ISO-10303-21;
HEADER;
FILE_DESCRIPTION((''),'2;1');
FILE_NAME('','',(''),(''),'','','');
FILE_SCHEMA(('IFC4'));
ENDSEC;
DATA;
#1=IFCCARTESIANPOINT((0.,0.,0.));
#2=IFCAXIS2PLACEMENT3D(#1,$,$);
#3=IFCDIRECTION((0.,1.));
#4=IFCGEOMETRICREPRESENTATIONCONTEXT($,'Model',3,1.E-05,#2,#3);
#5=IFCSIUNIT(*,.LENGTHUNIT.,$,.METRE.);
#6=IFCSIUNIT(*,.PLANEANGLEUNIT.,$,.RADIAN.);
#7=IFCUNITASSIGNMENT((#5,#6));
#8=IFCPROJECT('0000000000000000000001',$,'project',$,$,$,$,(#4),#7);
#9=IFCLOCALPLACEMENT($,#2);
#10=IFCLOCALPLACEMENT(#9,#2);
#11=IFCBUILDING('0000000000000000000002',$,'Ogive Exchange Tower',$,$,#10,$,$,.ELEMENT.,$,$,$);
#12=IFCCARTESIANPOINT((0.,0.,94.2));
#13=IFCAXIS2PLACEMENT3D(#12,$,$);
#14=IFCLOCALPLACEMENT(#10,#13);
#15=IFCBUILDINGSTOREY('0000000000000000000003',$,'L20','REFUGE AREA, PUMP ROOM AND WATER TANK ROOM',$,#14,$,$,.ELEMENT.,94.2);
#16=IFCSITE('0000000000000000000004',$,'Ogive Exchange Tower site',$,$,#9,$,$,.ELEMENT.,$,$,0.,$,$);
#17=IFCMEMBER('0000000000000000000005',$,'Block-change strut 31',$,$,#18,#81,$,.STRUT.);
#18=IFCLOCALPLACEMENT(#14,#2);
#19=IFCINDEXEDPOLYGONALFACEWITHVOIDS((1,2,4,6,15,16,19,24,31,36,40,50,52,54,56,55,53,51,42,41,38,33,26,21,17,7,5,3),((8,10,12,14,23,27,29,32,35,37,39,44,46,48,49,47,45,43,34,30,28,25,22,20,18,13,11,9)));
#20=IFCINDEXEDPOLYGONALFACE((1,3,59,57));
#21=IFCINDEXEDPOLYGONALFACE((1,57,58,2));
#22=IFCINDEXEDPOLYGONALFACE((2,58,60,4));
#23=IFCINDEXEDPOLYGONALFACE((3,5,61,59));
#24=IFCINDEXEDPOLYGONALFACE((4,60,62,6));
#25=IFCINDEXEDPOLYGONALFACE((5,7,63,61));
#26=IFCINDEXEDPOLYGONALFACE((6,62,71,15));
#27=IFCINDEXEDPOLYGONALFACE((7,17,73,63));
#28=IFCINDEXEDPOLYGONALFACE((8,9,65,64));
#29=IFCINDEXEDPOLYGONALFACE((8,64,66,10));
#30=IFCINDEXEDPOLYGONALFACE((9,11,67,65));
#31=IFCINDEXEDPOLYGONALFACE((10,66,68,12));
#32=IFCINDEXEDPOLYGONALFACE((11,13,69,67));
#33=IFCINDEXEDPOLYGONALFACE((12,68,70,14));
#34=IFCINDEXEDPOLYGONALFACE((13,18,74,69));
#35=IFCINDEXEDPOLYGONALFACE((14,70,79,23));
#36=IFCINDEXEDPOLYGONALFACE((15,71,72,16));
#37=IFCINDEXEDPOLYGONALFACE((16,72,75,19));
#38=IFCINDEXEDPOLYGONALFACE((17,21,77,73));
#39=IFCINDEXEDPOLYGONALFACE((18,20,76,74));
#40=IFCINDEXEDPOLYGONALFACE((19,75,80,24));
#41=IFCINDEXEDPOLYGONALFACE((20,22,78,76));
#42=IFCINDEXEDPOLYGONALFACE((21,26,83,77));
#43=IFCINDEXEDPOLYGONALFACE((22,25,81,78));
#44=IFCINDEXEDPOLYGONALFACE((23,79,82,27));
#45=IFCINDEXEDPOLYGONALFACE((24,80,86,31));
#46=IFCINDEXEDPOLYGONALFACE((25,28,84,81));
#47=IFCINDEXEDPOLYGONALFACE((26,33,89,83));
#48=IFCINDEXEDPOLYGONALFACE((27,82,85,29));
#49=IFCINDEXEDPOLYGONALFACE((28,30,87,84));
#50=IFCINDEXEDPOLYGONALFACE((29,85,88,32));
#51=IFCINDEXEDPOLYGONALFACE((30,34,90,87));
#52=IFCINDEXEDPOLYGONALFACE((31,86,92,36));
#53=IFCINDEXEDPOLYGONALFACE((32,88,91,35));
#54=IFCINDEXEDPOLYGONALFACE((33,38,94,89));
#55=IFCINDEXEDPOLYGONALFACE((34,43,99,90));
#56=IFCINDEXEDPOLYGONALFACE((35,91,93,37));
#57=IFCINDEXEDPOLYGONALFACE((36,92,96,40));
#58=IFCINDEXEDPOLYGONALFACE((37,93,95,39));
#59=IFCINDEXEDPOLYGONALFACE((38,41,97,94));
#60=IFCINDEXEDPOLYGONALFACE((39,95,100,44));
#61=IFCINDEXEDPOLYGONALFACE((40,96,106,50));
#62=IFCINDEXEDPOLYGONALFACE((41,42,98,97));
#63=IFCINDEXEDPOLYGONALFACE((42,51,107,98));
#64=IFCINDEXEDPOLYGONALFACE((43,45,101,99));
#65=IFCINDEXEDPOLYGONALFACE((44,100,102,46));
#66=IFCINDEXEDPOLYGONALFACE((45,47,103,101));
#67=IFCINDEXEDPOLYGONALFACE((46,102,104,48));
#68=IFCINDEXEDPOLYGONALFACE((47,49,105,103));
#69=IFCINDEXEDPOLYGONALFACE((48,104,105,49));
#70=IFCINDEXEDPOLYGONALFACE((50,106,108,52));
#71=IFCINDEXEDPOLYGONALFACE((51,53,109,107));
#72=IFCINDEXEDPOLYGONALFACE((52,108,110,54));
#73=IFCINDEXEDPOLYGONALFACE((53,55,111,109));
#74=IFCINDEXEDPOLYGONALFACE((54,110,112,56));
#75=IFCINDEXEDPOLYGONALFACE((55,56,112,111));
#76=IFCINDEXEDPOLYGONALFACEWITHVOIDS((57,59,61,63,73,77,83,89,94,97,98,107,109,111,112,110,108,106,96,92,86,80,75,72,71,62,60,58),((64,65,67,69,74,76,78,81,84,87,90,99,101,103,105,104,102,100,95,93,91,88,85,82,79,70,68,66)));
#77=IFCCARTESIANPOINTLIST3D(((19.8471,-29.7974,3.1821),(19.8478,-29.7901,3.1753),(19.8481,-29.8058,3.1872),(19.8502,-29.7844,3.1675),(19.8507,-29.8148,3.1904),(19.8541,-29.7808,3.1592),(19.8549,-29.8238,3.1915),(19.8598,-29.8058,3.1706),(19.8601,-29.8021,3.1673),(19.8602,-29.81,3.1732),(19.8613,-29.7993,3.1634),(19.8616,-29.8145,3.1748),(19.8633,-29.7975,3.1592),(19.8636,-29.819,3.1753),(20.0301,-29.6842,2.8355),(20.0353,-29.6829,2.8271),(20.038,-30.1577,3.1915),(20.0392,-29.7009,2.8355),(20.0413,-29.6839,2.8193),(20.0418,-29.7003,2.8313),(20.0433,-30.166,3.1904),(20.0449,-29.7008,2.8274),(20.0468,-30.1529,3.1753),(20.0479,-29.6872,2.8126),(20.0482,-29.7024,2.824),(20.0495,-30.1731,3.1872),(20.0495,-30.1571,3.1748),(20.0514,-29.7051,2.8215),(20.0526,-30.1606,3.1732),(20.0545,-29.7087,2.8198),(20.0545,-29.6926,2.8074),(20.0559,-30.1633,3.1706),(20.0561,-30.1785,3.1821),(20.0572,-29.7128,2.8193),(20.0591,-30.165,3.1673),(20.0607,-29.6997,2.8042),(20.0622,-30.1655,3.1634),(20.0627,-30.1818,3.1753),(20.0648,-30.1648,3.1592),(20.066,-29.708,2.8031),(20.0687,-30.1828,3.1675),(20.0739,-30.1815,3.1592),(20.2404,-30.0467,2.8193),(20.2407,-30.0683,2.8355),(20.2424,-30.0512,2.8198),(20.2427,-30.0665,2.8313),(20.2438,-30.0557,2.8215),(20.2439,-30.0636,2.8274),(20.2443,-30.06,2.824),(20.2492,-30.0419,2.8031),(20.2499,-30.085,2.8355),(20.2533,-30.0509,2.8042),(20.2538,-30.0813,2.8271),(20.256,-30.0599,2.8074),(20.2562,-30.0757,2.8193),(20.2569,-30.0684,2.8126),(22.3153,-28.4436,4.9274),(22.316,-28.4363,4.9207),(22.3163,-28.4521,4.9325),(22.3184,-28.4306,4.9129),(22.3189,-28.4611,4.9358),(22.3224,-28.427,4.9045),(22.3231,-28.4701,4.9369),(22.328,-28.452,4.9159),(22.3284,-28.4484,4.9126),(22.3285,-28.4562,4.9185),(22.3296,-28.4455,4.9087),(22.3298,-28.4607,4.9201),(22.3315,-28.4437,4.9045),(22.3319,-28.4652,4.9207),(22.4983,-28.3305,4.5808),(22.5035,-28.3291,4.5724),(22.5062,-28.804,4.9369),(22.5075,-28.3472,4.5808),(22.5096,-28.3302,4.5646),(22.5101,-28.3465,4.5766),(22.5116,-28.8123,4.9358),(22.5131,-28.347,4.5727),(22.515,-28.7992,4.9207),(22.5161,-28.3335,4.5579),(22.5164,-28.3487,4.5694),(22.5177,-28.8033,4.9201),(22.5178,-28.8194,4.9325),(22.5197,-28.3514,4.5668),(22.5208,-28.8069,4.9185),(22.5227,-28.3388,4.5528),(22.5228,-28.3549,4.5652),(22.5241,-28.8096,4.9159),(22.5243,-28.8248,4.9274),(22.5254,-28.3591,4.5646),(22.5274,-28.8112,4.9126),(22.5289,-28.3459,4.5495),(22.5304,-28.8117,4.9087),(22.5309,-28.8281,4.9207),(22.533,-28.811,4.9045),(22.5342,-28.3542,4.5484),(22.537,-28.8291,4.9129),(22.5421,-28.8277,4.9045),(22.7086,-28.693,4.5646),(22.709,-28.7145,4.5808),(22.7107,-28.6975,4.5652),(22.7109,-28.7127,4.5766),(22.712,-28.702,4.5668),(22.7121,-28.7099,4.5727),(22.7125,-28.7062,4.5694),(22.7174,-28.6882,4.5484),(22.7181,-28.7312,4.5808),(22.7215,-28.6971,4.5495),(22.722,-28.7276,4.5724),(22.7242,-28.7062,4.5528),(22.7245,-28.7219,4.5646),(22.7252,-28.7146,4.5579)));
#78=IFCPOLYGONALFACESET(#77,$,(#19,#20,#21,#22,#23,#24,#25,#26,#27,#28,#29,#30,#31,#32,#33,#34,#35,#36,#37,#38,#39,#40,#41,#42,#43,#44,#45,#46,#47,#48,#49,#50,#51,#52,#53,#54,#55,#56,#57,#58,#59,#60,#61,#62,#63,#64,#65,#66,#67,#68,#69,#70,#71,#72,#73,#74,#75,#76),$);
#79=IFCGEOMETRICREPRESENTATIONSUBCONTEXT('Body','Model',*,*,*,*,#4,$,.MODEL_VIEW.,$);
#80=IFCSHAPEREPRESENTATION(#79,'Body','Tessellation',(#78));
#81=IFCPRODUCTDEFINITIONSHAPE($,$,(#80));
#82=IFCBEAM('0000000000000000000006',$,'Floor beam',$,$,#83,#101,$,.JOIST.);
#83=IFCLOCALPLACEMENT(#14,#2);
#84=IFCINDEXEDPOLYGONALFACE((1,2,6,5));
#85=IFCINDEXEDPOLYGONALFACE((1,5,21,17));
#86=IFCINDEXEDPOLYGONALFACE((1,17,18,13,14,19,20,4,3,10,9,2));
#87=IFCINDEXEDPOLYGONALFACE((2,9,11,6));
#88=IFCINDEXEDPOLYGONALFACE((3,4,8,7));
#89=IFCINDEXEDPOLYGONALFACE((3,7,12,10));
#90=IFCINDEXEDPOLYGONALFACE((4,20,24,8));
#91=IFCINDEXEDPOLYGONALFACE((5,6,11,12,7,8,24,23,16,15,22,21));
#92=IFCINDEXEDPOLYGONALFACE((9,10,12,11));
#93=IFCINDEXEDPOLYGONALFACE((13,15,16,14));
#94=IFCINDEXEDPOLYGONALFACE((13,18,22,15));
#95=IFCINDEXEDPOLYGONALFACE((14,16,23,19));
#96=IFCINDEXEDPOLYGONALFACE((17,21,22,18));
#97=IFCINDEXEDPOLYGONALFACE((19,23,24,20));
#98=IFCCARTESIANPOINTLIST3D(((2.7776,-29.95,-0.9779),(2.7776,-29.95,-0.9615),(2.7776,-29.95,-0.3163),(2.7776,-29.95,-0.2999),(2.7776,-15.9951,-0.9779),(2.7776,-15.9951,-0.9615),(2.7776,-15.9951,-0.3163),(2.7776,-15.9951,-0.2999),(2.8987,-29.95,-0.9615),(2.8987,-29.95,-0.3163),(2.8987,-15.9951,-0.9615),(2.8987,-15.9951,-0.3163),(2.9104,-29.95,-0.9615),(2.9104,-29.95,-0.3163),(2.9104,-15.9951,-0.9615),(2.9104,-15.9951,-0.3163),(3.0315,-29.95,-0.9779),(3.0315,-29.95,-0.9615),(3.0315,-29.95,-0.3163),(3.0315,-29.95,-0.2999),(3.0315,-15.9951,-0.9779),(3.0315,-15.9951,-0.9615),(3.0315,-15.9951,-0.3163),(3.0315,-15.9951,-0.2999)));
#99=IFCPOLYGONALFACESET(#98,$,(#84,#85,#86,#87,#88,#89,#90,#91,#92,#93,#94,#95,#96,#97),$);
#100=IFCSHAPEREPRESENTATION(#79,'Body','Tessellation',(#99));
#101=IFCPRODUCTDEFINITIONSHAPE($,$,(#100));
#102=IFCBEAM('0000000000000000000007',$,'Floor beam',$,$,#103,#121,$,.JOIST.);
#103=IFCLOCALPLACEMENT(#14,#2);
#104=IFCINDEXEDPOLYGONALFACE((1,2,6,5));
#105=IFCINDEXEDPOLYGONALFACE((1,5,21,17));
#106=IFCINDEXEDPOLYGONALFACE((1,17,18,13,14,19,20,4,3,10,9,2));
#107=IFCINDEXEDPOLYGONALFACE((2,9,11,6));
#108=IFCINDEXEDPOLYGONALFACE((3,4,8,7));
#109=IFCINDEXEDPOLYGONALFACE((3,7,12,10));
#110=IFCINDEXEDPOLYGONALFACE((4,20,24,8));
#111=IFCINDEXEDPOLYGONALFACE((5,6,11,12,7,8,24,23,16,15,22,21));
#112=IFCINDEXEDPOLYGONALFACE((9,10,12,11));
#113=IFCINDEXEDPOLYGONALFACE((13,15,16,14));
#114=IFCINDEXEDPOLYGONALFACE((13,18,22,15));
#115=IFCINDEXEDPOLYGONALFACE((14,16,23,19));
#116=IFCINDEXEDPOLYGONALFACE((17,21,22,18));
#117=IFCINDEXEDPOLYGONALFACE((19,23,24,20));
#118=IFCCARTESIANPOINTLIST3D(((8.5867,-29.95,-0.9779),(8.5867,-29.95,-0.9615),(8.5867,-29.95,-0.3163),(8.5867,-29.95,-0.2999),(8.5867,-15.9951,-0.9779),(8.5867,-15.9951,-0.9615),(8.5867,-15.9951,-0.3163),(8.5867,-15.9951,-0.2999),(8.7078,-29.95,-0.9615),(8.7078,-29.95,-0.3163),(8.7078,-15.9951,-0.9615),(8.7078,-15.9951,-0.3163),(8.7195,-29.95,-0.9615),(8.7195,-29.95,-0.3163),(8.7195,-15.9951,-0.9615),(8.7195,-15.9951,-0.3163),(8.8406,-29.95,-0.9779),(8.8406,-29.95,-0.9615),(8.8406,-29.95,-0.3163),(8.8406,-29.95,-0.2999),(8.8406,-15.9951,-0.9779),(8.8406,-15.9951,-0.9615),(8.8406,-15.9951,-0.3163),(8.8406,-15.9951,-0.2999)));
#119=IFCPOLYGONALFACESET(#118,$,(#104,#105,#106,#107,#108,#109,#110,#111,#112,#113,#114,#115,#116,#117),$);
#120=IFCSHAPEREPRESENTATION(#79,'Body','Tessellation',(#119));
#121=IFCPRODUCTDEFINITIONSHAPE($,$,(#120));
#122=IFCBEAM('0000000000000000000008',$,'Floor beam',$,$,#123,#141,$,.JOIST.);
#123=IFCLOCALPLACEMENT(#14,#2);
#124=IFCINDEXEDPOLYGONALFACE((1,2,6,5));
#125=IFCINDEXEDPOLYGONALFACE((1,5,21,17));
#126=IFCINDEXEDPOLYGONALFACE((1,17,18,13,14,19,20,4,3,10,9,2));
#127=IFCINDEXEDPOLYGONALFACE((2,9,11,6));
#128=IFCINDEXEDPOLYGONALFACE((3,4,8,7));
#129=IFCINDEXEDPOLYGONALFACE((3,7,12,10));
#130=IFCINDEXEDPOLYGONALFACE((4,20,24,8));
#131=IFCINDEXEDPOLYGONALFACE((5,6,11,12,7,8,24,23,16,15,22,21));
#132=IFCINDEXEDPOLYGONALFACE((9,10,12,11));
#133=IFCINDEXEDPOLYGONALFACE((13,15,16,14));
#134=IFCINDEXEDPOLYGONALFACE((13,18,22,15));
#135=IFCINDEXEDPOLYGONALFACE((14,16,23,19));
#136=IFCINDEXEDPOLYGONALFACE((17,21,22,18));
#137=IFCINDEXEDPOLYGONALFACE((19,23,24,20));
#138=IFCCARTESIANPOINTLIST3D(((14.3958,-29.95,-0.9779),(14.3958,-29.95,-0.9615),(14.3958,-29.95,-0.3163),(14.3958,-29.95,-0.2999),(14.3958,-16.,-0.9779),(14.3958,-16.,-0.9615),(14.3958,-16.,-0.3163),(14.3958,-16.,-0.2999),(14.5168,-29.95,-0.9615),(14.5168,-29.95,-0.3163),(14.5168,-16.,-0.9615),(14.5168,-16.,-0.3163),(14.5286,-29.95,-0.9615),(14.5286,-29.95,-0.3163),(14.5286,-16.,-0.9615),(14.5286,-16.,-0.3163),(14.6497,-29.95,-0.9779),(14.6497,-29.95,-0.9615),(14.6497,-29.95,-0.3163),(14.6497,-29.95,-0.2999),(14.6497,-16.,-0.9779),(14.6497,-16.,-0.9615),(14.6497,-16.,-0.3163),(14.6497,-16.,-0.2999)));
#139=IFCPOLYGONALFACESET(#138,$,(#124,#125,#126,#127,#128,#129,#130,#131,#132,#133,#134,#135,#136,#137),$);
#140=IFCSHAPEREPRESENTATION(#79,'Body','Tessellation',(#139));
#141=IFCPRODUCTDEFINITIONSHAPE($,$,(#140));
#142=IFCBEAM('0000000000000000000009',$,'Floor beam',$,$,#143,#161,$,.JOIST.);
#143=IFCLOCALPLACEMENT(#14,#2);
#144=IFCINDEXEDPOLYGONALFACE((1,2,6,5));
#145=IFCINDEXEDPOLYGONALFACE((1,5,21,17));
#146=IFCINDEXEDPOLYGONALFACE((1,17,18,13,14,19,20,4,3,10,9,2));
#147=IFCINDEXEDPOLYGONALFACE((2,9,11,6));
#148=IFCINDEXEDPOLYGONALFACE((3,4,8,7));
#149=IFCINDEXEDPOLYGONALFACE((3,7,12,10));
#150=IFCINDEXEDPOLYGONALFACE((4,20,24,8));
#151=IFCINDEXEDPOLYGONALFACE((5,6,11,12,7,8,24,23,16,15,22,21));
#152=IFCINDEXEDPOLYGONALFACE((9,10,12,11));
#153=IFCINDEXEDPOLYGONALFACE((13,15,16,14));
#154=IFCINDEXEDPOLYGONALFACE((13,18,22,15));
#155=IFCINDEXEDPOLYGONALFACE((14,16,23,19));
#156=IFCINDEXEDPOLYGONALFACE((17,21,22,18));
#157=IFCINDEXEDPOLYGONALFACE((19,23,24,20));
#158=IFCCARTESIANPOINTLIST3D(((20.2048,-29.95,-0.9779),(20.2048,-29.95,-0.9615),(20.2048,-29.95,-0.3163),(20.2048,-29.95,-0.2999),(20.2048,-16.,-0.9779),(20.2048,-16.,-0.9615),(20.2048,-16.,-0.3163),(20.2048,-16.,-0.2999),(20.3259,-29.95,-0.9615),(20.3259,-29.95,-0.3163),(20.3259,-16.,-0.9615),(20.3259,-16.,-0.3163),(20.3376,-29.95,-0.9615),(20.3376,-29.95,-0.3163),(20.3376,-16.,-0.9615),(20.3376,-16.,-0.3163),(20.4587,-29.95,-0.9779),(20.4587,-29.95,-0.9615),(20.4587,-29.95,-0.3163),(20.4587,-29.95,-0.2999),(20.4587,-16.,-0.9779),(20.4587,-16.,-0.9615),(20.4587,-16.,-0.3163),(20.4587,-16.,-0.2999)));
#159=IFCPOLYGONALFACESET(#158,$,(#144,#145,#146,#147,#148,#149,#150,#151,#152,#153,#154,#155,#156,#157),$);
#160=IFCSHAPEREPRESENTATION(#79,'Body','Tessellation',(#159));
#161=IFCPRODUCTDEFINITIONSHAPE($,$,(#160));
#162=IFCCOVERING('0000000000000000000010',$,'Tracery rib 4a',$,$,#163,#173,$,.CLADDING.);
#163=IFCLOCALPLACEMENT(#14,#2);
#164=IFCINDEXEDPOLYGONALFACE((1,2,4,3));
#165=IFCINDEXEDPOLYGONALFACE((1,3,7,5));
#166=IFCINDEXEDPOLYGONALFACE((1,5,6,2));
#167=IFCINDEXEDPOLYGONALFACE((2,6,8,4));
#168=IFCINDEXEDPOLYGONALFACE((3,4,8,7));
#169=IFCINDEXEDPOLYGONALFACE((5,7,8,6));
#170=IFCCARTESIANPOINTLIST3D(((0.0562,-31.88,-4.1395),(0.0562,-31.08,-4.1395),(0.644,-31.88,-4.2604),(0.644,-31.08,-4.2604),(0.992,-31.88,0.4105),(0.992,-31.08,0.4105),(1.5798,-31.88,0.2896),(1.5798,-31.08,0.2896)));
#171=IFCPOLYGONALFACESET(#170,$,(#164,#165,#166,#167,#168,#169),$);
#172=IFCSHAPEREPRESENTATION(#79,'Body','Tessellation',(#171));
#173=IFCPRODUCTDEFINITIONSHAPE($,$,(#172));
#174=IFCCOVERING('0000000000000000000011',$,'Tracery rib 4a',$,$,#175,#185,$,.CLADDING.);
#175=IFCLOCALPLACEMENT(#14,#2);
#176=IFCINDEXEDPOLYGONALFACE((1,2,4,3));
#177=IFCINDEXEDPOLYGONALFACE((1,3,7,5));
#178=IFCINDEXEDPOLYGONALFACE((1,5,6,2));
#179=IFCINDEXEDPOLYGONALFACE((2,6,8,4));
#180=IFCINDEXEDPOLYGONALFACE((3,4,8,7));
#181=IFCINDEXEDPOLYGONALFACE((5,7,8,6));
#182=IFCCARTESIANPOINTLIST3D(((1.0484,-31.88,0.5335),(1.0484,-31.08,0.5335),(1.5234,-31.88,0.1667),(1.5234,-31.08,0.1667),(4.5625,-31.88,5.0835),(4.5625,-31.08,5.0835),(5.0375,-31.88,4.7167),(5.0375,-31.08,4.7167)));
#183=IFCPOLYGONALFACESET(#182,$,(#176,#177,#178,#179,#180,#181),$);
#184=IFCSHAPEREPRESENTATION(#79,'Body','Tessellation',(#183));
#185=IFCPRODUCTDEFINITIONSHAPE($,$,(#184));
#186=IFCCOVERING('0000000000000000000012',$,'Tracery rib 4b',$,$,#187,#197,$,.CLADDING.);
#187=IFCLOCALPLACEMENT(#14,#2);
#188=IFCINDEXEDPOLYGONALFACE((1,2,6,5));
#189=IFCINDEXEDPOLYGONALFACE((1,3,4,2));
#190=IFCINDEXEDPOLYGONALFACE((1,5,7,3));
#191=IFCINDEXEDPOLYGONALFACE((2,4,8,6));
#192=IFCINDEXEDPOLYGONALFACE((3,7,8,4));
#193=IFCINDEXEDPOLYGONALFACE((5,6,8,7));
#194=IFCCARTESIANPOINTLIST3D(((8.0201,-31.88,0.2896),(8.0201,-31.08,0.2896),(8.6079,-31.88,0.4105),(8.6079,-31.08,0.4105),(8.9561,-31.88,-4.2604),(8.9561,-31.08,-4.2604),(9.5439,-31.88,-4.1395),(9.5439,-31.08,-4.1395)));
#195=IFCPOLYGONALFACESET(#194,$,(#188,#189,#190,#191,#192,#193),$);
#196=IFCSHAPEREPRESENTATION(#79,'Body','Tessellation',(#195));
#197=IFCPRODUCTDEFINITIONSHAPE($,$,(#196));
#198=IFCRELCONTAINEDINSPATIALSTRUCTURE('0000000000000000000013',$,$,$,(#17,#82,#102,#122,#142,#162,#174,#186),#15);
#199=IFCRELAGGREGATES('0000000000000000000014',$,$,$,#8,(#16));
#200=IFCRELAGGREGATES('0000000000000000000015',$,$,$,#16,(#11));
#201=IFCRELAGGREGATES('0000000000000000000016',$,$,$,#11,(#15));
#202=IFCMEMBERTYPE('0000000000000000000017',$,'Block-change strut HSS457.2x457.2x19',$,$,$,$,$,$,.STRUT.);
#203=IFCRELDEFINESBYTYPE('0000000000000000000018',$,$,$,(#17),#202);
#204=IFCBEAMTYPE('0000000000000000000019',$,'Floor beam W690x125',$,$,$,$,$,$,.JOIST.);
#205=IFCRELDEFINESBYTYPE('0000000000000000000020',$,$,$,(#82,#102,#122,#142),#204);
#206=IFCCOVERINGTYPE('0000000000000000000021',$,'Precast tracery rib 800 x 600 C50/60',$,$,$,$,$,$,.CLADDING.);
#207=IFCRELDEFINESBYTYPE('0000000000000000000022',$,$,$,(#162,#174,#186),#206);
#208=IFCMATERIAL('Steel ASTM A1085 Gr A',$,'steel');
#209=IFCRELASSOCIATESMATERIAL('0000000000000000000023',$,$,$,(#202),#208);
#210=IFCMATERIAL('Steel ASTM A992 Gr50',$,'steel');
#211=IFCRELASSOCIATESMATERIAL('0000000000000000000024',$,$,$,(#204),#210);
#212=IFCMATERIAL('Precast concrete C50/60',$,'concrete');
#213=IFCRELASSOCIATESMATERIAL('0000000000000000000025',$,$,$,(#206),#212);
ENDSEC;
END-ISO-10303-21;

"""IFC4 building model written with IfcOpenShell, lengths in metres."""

from ifc_helpers import new_model, si_unit, direction, frame, origin, origin_2d, place, context, subcontext, project, spatial, rectangle, hollow_rectangle, i_section, extrude, material, material_profile, profile_set, type_object, element, save


model = new_model("IFC4")

# Units and contexts
model_context = context("Model", 3, precision=1e-05, world=origin(), true_north=direction((0.0, 1.0)))
body_context = subcontext(model_context, "Body", "Model", "MODEL_VIEW")
ifc_project = project(units=[si_unit("LENGTHUNIT", "METRE"), si_unit("PLANEANGLEUNIT", "RADIAN")], contexts=[model_context])

# Site, building, storey
site_placement = place(None, origin())
site = spatial("IfcSite", under=ifc_project, at=site_placement, Name="Ogive Exchange Tower site", CompositionType="ELEMENT", RefElevation=0.0)
building_placement = place(site_placement, origin())
building = spatial("IfcBuilding", under=site, at=building_placement, Name="Ogive Exchange Tower", CompositionType="ELEMENT")
storey_placement = place(building_placement, frame((0.0, 0.0, 94.2)))
storey = spatial("IfcBuildingStorey", under=building, at=storey_placement, Name="L20", Description="REFUGE AREA, PUMP ROOM AND WATER TANK ROOM", CompositionType="ELEMENT", Elevation=94.2)

# Shared definitions
ifc_material_1 = material(Name="Steel ASTM A992 Gr50", Category="steel")

# Shared definitions
ifc_material_2 = material(Name="Steel ASTM A1085 Gr A", Category="steel")

# Member
ifc_material_profile_1 = material_profile(ifc_material_2, hollow_rectangle(XDim=0.457, YDim=0.457, WallThickness=0.019, InnerFilletRadius=0.019, OuterFilletRadius=0.0381, at=origin_2d()), Name="HSS457.2x457.2x19")
ifc_profile_set_1 = profile_set([ifc_material_profile_1], Name="Steel ASTM A1085 Gr A")
member_type_1 = type_object("IfcMemberType", Name="Block-change strut HSS457.2x457.2x19", PredefinedType="STRUT", material=ifc_profile_set_1)
member_1_placement = place(storey_placement, frame((20.052, -29.9329, 2.9973), z_axis=(0.745183, 0.408708, 0.526935), x_axis=(-0.480886, 0.876783, 0.0)))
element("IfcMember", 1, at=member_1_placement, inside=storey, type_object=member_type_1, Name="Block-change strut 31", PredefinedType="STRUT", context=body_context, shape_type="SweptSolid", body=[
    extrude(hollow_rectangle(XDim=0.457, YDim=0.457, WallThickness=0.019, InnerFilletRadius=0.019, OuterFilletRadius=0.0381, at=origin_2d()), origin(), (0.0, 0.0, 1.0), 3.3123),
])

# Beams
ifc_material_profile_2 = material_profile(ifc_material_1, i_section(OverallWidth=0.2539, OverallDepth=0.678, WebThickness=0.0117, FlangeThickness=0.0164, at=origin_2d()), Name="W690x125")
ifc_profile_set_2 = profile_set([ifc_material_profile_2], Name="Steel ASTM A992 Gr50")
beam_type_1 = type_object("IfcBeamType", Name="Floor beam W690x125", PredefinedType="JOIST", material=ifc_profile_set_2)
for number, where, z_axis, x_axis, name in (
    (2, (2.9045, -29.95, -0.6389), (0.0, 1.0, 0.0), (-1.0, 0.0, 0.0), "Floor beam"),
    (3, (8.7136, -29.95, -0.6389), (0.0, 1.0, 0.0), (-1.0, 0.0, 0.0), "Floor beam"),
):
    element("IfcBeam", number, at=place(storey_placement, frame(where, z_axis=z_axis, x_axis=x_axis)), inside=storey, type_object=beam_type_1, Name=name, PredefinedType="JOIST", context=body_context, shape_type="SweptSolid", body=[
        extrude(i_section(OverallWidth=0.2539, OverallDepth=0.678, WebThickness=0.0117, FlangeThickness=0.0164, at=origin_2d()), origin(), (0.0, 0.0, 1.0), 13.9548),
    ])
for number, where, z_axis, x_axis, name in (
    (4, (14.5227, -29.95, -0.6389), (0.0, 1.0, 0.0), (-1.0, 0.0, 0.0), "Floor beam"),
    (5, (20.3318, -29.95, -0.6389), (0.0, 1.0, 0.0), (-1.0, 0.0, 0.0), "Floor beam"),
):
    element("IfcBeam", number, at=place(storey_placement, frame(where, z_axis=z_axis, x_axis=x_axis)), inside=storey, type_object=beam_type_1, Name=name, PredefinedType="JOIST", context=body_context, shape_type="SweptSolid", body=[
        extrude(i_section(OverallWidth=0.2539, OverallDepth=0.678, WebThickness=0.0117, FlangeThickness=0.0164, at=origin_2d()), origin(), (0.0, 0.0, 1.0), 13.95),
    ])

# Coverings
ifc_material_3 = material(Name="Precast concrete C50/60", Category="concrete")
ifc_material_profile_3 = material_profile(ifc_material_3, rectangle(XDim=0.8, YDim=0.6001, at=origin_2d()), Name="RIB 800 x 600")
ifc_profile_set_3 = profile_set([ifc_material_profile_3], Name="Precast concrete C50/60")
covering_type = type_object("IfcCoveringType", Name="Precast tracery rib 800 x 600 C50/60", PredefinedType="CLADDING", material=ifc_profile_set_3)
covering_1_placement = place(storey_placement, frame((0.3501, -31.48, -4.2), z_axis=(0.20145, 0.0, 0.979499), x_axis=(0.0, 1.0, 0.0)))
element("IfcCovering", 6, at=covering_1_placement, inside=storey, type_object=covering_type, Name="Tracery rib 4a", PredefinedType="CLADDING", context=body_context, shape_type="SweptSolid", body=[
    extrude(rectangle(XDim=0.8, YDim=0.6001, at=origin_2d()), origin(), (0.0, 0.0, 1.0), 4.6453),
])
covering_2_placement = place(storey_placement, frame((1.2859, -31.48, 0.3501), z_axis=(0.611253, 0.0, 0.791435), x_axis=(0.0, 1.0, 0.0)))
element("IfcCovering", 7, at=covering_2_placement, inside=storey, type_object=covering_type, Name="Tracery rib 4a", PredefinedType="CLADDING", context=body_context, shape_type="SweptSolid", body=[
    extrude(rectangle(XDim=0.8, YDim=0.6001, at=origin_2d()), origin(), (0.0, 0.0, 1.0), 5.749),
])
covering_3_placement = place(storey_placement, frame((9.25, -31.48, -4.2), z_axis=(-0.2015, 0.0, 0.979488), x_axis=(0.0, -1.0, 0.0)))
element("IfcCovering", 8, at=covering_3_placement, inside=storey, type_object=covering_type, Name="Tracery rib 4b", PredefinedType="CLADDING", context=body_context, shape_type="SweptSolid", body=[
    extrude(rectangle(XDim=0.8, YDim=0.6001, at=origin_2d()), origin(), (0.0, 0.0, 1.0), 4.6453),
])

save(model, "model.ifc")
